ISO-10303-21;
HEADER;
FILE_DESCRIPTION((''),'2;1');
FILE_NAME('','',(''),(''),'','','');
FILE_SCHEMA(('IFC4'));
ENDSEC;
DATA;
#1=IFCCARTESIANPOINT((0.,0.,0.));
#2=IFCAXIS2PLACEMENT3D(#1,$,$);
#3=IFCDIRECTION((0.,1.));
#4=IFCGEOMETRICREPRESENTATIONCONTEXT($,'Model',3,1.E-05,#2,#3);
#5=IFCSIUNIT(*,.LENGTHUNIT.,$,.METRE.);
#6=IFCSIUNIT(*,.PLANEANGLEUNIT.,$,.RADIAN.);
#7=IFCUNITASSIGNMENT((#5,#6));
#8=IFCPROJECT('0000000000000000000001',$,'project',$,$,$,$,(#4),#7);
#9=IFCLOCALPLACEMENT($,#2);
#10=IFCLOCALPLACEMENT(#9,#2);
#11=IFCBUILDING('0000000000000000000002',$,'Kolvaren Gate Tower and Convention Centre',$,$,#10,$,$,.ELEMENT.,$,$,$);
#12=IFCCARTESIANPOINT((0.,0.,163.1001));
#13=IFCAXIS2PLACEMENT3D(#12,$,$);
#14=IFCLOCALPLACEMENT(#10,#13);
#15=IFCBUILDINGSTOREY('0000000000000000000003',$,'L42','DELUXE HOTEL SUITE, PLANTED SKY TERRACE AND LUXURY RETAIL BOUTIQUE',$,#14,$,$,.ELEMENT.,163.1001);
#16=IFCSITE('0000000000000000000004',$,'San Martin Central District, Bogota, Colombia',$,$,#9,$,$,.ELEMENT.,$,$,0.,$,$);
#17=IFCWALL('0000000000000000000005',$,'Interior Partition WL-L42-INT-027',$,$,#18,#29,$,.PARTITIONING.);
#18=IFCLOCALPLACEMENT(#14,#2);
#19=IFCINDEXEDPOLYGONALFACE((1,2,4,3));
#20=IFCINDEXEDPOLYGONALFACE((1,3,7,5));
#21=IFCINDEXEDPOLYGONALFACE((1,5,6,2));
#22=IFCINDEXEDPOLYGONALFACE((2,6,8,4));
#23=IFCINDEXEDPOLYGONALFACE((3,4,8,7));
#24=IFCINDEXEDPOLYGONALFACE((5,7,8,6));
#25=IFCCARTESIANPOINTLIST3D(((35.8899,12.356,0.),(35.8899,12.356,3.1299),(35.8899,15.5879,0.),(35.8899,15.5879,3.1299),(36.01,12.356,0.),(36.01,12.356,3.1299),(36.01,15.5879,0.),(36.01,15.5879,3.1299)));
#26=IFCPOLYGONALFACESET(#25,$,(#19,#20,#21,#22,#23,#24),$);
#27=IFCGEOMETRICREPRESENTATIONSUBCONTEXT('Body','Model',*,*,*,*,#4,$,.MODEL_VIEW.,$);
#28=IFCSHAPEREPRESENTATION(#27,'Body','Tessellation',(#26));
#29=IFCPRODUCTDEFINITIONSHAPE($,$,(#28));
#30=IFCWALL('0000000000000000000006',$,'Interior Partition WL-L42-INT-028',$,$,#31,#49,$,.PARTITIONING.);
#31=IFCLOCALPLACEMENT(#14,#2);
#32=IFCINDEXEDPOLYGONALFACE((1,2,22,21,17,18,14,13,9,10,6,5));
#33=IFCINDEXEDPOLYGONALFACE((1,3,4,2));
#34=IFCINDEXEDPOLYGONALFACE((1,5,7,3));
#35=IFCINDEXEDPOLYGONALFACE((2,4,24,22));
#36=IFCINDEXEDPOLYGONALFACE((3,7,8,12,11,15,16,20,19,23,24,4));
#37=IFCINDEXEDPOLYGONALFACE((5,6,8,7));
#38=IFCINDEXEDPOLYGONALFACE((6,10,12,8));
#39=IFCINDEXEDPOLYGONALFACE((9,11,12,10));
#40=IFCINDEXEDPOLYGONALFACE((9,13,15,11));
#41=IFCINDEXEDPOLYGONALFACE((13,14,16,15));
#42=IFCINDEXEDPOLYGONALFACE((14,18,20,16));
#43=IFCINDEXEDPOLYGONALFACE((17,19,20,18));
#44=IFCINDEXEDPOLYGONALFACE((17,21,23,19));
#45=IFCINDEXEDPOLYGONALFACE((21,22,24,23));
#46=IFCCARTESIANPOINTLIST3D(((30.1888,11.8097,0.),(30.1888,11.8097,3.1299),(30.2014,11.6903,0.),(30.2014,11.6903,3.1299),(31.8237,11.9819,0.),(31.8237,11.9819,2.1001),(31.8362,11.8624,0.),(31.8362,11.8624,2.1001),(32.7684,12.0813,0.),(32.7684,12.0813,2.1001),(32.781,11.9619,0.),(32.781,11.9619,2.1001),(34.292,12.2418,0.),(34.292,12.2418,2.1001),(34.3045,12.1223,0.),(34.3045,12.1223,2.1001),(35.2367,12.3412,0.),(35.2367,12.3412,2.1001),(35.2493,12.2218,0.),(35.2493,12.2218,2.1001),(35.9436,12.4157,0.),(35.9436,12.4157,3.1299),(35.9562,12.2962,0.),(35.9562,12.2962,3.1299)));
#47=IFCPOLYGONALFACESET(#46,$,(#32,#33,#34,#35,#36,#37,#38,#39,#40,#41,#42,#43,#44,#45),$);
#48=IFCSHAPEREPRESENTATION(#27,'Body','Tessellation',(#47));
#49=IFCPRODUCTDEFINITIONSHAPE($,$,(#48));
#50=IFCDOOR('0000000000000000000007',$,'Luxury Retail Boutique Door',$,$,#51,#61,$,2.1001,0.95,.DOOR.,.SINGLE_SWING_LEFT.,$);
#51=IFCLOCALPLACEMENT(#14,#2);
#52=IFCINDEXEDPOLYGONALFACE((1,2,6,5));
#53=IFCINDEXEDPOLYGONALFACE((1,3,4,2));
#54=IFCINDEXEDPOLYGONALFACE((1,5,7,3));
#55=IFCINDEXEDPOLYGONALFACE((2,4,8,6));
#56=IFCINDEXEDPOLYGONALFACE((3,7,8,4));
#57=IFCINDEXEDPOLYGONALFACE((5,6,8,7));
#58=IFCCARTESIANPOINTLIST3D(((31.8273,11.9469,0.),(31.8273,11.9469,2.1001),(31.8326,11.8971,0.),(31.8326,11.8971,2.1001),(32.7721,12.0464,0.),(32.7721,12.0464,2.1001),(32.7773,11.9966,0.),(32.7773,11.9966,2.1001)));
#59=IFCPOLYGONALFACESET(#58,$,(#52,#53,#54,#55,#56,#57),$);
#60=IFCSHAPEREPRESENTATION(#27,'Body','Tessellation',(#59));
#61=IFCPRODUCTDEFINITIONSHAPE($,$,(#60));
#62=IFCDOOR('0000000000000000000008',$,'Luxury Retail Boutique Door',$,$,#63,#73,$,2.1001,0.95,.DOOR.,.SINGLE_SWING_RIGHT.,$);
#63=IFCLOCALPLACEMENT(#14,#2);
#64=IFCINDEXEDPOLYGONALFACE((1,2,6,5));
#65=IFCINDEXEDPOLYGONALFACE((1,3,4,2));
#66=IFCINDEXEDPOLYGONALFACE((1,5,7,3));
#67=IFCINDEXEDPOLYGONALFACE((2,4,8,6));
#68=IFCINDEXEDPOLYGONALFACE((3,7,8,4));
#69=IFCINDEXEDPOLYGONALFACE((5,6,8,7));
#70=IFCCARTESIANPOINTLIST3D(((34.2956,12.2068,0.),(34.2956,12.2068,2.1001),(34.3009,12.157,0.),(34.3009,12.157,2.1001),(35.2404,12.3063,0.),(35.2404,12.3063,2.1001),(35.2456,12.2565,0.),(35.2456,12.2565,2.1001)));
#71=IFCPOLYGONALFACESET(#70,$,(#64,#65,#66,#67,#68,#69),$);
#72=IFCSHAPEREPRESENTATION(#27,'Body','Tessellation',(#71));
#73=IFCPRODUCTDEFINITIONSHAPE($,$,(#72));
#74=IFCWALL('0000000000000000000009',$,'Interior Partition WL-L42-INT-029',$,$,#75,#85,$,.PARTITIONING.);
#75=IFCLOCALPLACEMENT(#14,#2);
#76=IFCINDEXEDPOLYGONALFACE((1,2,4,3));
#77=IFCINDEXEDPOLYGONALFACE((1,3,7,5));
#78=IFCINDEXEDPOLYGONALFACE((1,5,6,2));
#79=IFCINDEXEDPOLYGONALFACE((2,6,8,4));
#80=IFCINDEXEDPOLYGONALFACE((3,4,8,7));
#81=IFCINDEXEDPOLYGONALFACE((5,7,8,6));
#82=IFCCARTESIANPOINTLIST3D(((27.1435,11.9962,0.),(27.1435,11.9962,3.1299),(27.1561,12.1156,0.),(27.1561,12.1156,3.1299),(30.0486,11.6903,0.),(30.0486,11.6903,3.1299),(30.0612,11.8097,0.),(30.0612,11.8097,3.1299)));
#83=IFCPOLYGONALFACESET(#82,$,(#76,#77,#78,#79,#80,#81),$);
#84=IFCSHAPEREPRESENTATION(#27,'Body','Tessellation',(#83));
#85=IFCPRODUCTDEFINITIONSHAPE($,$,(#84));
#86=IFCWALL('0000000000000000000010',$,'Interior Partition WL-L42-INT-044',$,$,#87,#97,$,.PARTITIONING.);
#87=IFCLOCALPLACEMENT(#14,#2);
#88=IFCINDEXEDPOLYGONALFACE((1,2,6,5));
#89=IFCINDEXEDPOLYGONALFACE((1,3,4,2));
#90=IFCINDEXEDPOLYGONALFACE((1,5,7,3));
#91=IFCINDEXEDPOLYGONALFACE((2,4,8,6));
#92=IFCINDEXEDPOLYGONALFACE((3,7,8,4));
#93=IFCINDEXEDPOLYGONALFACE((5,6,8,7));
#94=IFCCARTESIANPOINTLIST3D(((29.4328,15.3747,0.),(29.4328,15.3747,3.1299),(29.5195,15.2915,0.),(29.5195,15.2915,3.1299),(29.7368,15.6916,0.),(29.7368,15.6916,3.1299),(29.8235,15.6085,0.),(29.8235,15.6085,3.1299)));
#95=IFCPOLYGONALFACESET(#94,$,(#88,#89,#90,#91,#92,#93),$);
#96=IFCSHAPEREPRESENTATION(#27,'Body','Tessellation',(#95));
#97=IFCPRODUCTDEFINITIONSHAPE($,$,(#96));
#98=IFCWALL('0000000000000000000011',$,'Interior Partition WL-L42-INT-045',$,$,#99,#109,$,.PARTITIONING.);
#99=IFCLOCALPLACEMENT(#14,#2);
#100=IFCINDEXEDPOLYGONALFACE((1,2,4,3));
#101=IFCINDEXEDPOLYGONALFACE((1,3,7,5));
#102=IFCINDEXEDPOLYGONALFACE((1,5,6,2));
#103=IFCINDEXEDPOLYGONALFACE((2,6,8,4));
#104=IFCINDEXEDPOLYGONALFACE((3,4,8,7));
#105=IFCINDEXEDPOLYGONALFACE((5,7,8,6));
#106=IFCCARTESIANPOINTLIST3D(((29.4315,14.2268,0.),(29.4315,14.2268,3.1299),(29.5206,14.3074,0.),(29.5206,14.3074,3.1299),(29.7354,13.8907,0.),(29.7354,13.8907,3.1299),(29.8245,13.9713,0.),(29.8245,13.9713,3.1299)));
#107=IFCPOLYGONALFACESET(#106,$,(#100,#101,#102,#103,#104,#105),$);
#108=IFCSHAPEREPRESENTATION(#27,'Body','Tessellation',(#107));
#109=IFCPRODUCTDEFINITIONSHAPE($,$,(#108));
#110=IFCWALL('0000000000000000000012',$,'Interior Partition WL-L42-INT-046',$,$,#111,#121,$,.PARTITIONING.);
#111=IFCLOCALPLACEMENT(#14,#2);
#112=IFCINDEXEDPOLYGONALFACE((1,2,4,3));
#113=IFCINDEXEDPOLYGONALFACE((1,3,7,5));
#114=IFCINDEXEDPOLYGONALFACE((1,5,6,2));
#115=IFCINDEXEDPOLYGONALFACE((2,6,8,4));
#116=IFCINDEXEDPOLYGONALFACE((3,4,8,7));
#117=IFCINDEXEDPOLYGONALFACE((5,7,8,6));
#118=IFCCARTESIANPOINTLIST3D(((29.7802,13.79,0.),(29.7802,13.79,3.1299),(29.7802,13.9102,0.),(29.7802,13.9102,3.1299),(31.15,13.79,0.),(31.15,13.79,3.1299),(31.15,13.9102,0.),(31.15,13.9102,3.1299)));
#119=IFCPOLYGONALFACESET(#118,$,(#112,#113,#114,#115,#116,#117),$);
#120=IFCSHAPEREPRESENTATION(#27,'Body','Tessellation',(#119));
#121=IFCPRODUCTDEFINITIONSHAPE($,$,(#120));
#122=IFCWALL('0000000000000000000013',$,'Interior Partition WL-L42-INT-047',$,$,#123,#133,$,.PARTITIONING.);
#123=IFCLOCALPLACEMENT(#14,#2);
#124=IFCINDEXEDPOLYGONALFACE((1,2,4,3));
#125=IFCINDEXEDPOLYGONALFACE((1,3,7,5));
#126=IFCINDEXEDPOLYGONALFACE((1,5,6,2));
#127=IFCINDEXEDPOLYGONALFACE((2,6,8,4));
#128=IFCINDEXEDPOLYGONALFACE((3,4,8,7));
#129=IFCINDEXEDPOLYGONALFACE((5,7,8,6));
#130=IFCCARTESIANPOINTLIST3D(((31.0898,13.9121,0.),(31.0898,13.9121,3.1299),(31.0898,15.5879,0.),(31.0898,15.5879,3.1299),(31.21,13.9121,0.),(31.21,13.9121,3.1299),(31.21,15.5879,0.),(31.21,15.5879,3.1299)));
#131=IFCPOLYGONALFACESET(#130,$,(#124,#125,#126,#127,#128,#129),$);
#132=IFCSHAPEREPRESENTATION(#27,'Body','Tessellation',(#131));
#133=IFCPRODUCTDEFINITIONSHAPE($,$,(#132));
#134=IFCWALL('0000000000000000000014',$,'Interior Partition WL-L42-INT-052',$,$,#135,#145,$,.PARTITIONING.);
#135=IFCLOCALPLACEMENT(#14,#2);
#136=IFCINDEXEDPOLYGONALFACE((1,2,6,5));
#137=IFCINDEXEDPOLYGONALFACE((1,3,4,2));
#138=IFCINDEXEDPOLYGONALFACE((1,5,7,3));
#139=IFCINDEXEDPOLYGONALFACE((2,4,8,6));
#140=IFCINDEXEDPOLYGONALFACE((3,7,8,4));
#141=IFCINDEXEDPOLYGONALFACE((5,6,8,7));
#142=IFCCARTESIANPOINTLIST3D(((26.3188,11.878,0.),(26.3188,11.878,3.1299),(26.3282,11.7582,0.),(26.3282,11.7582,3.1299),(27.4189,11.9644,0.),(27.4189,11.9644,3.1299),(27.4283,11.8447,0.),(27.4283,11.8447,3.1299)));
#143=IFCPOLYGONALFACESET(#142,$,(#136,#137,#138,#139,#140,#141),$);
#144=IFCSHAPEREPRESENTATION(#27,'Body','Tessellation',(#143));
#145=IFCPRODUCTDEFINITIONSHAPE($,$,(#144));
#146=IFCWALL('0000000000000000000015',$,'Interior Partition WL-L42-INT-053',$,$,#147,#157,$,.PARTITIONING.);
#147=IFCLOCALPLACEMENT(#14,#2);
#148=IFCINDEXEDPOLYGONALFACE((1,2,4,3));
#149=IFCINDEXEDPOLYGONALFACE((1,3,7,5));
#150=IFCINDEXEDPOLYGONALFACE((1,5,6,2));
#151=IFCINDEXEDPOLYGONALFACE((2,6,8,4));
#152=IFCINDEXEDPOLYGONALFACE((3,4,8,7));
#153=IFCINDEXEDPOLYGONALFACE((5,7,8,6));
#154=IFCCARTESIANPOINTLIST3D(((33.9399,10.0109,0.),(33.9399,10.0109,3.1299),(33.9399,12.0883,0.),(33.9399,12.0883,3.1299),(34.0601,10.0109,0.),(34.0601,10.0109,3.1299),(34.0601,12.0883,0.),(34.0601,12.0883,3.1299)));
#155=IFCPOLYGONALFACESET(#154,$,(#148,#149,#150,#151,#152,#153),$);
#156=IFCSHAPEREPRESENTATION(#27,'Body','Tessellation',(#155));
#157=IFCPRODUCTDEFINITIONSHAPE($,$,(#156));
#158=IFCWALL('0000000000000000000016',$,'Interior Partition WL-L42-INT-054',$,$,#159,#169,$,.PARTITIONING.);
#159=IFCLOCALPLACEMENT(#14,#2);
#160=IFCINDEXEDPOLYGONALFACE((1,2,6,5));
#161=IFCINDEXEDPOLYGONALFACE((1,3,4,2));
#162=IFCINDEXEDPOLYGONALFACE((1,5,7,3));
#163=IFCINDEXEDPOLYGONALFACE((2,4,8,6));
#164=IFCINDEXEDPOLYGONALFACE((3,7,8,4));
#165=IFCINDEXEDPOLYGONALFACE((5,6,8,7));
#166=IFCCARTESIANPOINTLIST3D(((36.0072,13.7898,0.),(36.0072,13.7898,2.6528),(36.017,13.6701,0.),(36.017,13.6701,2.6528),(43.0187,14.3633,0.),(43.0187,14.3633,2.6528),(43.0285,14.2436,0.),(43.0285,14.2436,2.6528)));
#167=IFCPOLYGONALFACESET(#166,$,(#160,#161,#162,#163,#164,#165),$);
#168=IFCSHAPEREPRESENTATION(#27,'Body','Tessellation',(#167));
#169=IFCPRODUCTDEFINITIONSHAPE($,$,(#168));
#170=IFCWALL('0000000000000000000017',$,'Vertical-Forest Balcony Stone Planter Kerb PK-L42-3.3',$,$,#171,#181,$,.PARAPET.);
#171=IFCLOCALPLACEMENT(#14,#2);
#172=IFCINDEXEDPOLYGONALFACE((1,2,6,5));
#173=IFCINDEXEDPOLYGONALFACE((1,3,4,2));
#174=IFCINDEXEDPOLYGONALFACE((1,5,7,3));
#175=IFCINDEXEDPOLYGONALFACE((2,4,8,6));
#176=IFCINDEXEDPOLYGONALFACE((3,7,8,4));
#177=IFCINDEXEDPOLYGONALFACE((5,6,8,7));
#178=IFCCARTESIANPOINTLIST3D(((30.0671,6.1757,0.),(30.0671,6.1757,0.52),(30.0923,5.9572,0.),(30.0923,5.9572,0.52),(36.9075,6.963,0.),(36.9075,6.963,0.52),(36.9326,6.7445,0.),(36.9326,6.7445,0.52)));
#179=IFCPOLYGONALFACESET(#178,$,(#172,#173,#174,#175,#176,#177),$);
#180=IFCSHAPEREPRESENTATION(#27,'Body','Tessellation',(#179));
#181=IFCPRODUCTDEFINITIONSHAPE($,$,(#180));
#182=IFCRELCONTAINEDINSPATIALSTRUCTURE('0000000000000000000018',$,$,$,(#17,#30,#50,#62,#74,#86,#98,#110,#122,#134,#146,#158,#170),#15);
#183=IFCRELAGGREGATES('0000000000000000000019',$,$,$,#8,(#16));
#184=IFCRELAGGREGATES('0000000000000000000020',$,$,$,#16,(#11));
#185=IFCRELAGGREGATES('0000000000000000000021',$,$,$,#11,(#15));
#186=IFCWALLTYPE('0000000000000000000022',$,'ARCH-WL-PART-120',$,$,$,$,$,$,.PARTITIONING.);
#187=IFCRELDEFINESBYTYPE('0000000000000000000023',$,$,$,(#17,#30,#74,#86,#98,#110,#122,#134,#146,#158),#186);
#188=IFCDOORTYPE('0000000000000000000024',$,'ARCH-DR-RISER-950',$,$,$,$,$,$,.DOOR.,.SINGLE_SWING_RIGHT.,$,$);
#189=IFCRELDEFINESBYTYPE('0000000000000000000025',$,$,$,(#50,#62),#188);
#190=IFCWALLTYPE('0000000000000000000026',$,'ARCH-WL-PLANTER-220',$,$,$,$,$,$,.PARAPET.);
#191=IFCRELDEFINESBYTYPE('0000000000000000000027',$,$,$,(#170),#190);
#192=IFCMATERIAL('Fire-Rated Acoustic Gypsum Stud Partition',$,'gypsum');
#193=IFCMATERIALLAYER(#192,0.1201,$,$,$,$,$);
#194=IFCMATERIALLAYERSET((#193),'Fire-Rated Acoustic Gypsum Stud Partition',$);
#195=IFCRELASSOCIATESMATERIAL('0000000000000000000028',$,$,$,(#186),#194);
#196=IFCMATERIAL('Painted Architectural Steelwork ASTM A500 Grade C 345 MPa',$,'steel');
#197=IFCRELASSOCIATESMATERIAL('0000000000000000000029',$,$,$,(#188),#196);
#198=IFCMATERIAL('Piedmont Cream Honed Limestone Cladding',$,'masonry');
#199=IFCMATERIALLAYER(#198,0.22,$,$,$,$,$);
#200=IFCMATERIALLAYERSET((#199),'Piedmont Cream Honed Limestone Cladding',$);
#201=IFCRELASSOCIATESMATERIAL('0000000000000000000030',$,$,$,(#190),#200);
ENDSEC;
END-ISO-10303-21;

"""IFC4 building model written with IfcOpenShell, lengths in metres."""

from ifc_helpers import new_model, si_unit, direction, frame, frame_2d, origin, place, context, subcontext, project, spatial, rectangle, extrude, material, layer, layer_set, type_object, element, fill, save


model = new_model("IFC4")

# Units and contexts
model_context = context("Model", 3, precision=1e-05, world=origin(), true_north=direction((0.0, 1.0)))
body_context = subcontext(model_context, "Body", "Model", "MODEL_VIEW")
ifc_project = project(units=[si_unit("LENGTHUNIT", "METRE"), si_unit("PLANEANGLEUNIT", "RADIAN")], contexts=[model_context])

# Site, building, storey
site_placement = place(None, origin())
site = spatial("IfcSite", under=ifc_project, at=site_placement, Name="San Martin Central District, Bogota, Colombia", CompositionType="ELEMENT", RefElevation=0.0)
building_placement = place(site_placement, origin())
building = spatial("IfcBuilding", under=site, at=building_placement, Name="Kolvaren Gate Tower and Convention Centre", CompositionType="ELEMENT")
storey_placement = place(building_placement, frame((0.0, 0.0, 163.1001)))
storey = spatial("IfcBuildingStorey", under=building, at=storey_placement, Name="L42", Description="DELUXE HOTEL SUITE, PLANTED SKY TERRACE AND LUXURY RETAIL BOUTIQUE", CompositionType="ELEMENT", Elevation=163.1001)

# Wall
ifc_material_1 = material(Name="Fire-Rated Acoustic Gypsum Stud Partition", Category="gypsum")
ifc_layer_1 = layer(ifc_material_1, 0.1201)
ifc_layer_set_1 = layer_set([ifc_layer_1], Name="Fire-Rated Acoustic Gypsum Stud Partition")
wall_type_1 = type_object("IfcWallType", Name="ARCH-WL-PART-120", PredefinedType="PARTITIONING", material=ifc_layer_set_1)
wall_1_placement = place(storey_placement, frame((35.95, 12.356, 0.0), z_axis=(0.0, 0.0, 1.0), x_axis=(0.0, 1.0, 0.0)))
element("IfcWall", 1, at=wall_1_placement, inside=storey, type_object=wall_type_1, Name="Interior Partition WL-L42-INT-027", PredefinedType="PARTITIONING", context=body_context, shape_type="SweptSolid", body=[
    extrude(rectangle(XDim=3.2319, YDim=0.1201, at=frame_2d((1.616, 0.0))), origin(), (0.0, 0.0, 1.0), 3.1299),
])

# Wall, openings, doors
wall_2_placement = place(storey_placement, frame((30.1951, 11.75, 0.0), z_axis=(0.0, 0.0, 1.0), x_axis=(0.994502, 0.104716, 0.0)))
wall_2 = element("IfcWall", 2, at=wall_2_placement, inside=storey, type_object=wall_type_1, Name="Interior Partition WL-L42-INT-028", PredefinedType="PARTITIONING", context=body_context, shape_type="SweptSolid", body=[
    extrude(rectangle(XDim=5.7866, YDim=0.1201, at=frame_2d((2.8933, 0.0))), origin(), (0.0, 0.0, 1.0), 3.1299),
])
opening_1_placement = place(wall_2_placement, frame((1.6438, 0.0, 0.0)))
opening_1 = element("IfcOpeningElement", 3, at=opening_1_placement, cuts=wall_2, PredefinedType="OPENING", context=body_context, shape_type="SweptSolid", body=[
    extrude(rectangle(XDim=0.95, YDim=2.1001, at=frame_2d((0.4751, 1.05))), frame((0.0, 0.0701, 0.0), z_axis=(0.0, -1.0, 0.0), x_axis=(1.0, 0.0, 0.0)), (0.0, 0.0, 1.0), 0.1401),
])
opening_2_placement = place(wall_2_placement, frame((4.1257, 0.0, 0.0)))
opening_2 = element("IfcOpeningElement", 4, at=opening_2_placement, cuts=wall_2, PredefinedType="OPENING", context=body_context, shape_type="SweptSolid", body=[
    extrude(rectangle(XDim=0.95, YDim=2.1001, at=frame_2d((0.4751, 1.05))), frame((0.0, 0.0701, 0.0), z_axis=(0.0, -1.0, 0.0), x_axis=(1.0, 0.0, 0.0)), (0.0, 0.0, 1.0), 0.1401),
])
ifc_material_2 = material(Name="Painted Architectural Steelwork ASTM A500 Grade C 345 MPa", Category="steel")
door_type = type_object("IfcDoorType", Name="ARCH-DR-RISER-950", OperationType="SINGLE_SWING_RIGHT", PredefinedType="DOOR", material=ifc_material_2)
door_1_placement = place(opening_1_placement, origin())
door_1 = element("IfcDoor", 5, at=door_1_placement, inside=storey, type_object=door_type, Name="Luxury Retail Boutique Door", OperationType="SINGLE_SWING_LEFT", OverallHeight=2.1001, OverallWidth=0.95, PredefinedType="DOOR", context=body_context, shape_type="SweptSolid", body=[
    extrude(rectangle(XDim=0.95, YDim=2.1001, at=frame_2d((0.4751, 1.05))), frame((0.0, 0.0249, 0.0), z_axis=(0.0, -1.0, 0.0), x_axis=(1.0, 0.0, 0.0)), (0.0, 0.0, 1.0), 0.05),
])
fill(opening_1, door_1)
door_2_placement = place(opening_2_placement, origin())
door_2 = element("IfcDoor", 6, at=door_2_placement, inside=storey, type_object=door_type, Name="Luxury Retail Boutique Door", OperationType="SINGLE_SWING_RIGHT", OverallHeight=2.1001, OverallWidth=0.95, PredefinedType="DOOR", context=body_context, shape_type="SweptSolid", body=[
    extrude(rectangle(XDim=0.95, YDim=2.1001, at=frame_2d((0.4751, 1.05))), frame((0.0, 0.0249, 0.0), z_axis=(0.0, -1.0, 0.0), x_axis=(1.0, 0.0, 0.0)), (0.0, 0.0, 1.0), 0.05),
])
fill(opening_2, door_2)

# Walls
wall_3_placement = place(storey_placement, frame((27.1499, 12.0559, 0.0), z_axis=(0.0, 0.0, 1.0), x_axis=(0.994501, -0.104724, 0.0)))
element("IfcWall", 7, at=wall_3_placement, inside=storey, type_object=wall_type_1, Name="Interior Partition WL-L42-INT-029", PredefinedType="PARTITIONING", context=body_context, shape_type="SweptSolid", body=[
    extrude(rectangle(XDim=2.9211, YDim=0.1201, at=frame_2d((1.4604, 0.0))), origin(), (0.0, 0.0, 1.0), 3.1299),
])
wall_4_placement = place(storey_placement, frame((29.4761, 15.333, 0.0), z_axis=(0.0, 0.0, 1.0), x_axis=(0.692219, 0.721687, 0.0)))
element("IfcWall", 8, at=wall_4_placement, inside=storey, type_object=wall_type_1, Name="Interior Partition WL-L42-INT-044", PredefinedType="PARTITIONING", context=body_context, shape_type="SweptSolid", body=[
    extrude(rectangle(XDim=0.4392, YDim=0.1201, at=frame_2d((0.2197, 0.0))), origin(), (0.0, 0.0, 1.0), 3.1299),
])
wall_5_placement = place(storey_placement, frame((29.4761, 14.2671, 0.0), z_axis=(0.0, 0.0, 1.0), x_axis=(0.670659, -0.741765, 0.0)))
element("IfcWall", 9, at=wall_5_placement, inside=storey, type_object=wall_type_1, Name="Interior Partition WL-L42-INT-045", PredefinedType="PARTITIONING", context=body_context, shape_type="SweptSolid", body=[
    extrude(rectangle(XDim=0.4531, YDim=0.1201, at=frame_2d((0.2266, 0.0))), origin(), (0.0, 0.0, 1.0), 3.1299),
])
wall_6_placement = place(storey_placement, frame((29.78, 13.8501, 0.0), z_axis=(0.0, 0.0, 1.0), x_axis=(1.0, 0.0, 0.0)))
element("IfcWall", 10, at=wall_6_placement, inside=storey, type_object=wall_type_1, Name="Interior Partition WL-L42-INT-046", PredefinedType="PARTITIONING", context=body_context, shape_type="SweptSolid", body=[
    extrude(rectangle(XDim=1.3699, YDim=0.1201, at=frame_2d((0.6851, 0.0))), origin(), (0.0, 0.0, 1.0), 3.1299),
])
wall_7_placement = place(storey_placement, frame((31.1499, 13.9121, 0.0), z_axis=(0.0, 0.0, 1.0), x_axis=(0.0, 1.0, 0.0)))
element("IfcWall", 11, at=wall_7_placement, inside=storey, type_object=wall_type_1, Name="Interior Partition WL-L42-INT-047", PredefinedType="PARTITIONING", context=body_context, shape_type="SweptSolid", body=[
    extrude(rectangle(XDim=1.6758, YDim=0.1201, at=frame_2d((0.8379, 0.0))), origin(), (0.0, 0.0, 1.0), 3.1299),
])
wall_8_placement = place(storey_placement, frame((26.3235, 11.8181, 0.0), z_axis=(0.0, 0.0, 1.0), x_axis=(0.996928, 0.078321, 0.0)))
element("IfcWall", 12, at=wall_8_placement, inside=storey, type_object=wall_type_1, Name="Interior Partition WL-L42-INT-052", PredefinedType="PARTITIONING", context=body_context, shape_type="SweptSolid", body=[
    extrude(rectangle(XDim=1.1035, YDim=0.1201, at=frame_2d((0.5518, 0.0))), origin(), (0.0, 0.0, 1.0), 3.1299),
])
wall_9_placement = place(storey_placement, frame((34.0, 10.011, 0.0), z_axis=(0.0, 0.0, 1.0), x_axis=(0.0, 1.0, 0.0)))
element("IfcWall", 13, at=wall_9_placement, inside=storey, type_object=wall_type_1, Name="Interior Partition WL-L42-INT-053", PredefinedType="PARTITIONING", context=body_context, shape_type="SweptSolid", body=[
    extrude(rectangle(XDim=2.0774, YDim=0.1201, at=frame_2d((1.0386, 0.0))), origin(), (0.0, 0.0, 1.0), 3.1299),
])
wall_10_placement = place(storey_placement, frame((36.012, 13.73, 0.0), z_axis=(0.0, 0.0, 1.0), x_axis=(0.996672, 0.08152, 0.0)))
element("IfcWall", 14, at=wall_10_placement, inside=storey, type_object=wall_type_1, Name="Interior Partition WL-L42-INT-054", PredefinedType="PARTITIONING", context=body_context, shape_type="SweptSolid", body=[
    extrude(rectangle(XDim=7.0349, YDim=0.1201, at=frame_2d((3.5176, 0.0))), origin(), (0.0, 0.0, 1.0), 2.6528),
])
ifc_material_3 = material(Name="Piedmont Cream Honed Limestone Cladding", Category="masonry")
ifc_layer_2 = layer(ifc_material_3, 0.22)
ifc_layer_set_2 = layer_set([ifc_layer_2], Name="Piedmont Cream Honed Limestone Cladding")
wall_type_2 = type_object("IfcWallType", Name="ARCH-WL-PLANTER-220", PredefinedType="PARAPET", material=ifc_layer_set_2)
wall_11_placement = place(storey_placement, frame((30.0796, 6.0664, 0.0), z_axis=(0.0, 0.0, 1.0), x_axis=(0.993441, 0.11435, 0.0)))
element("IfcWall", 15, at=wall_11_placement, inside=storey, type_object=wall_type_2, Name="Vertical-Forest Balcony Stone Planter Kerb PK-L42-3.3", PredefinedType="PARAPET", context=body_context, shape_type="SweptSolid", body=[
    extrude(rectangle(XDim=6.8855, YDim=0.22, at=frame_2d((3.4429, 0.0))), origin(), (0.0, 0.0, 1.0), 0.52),
])

save(model, "model.ifc")
